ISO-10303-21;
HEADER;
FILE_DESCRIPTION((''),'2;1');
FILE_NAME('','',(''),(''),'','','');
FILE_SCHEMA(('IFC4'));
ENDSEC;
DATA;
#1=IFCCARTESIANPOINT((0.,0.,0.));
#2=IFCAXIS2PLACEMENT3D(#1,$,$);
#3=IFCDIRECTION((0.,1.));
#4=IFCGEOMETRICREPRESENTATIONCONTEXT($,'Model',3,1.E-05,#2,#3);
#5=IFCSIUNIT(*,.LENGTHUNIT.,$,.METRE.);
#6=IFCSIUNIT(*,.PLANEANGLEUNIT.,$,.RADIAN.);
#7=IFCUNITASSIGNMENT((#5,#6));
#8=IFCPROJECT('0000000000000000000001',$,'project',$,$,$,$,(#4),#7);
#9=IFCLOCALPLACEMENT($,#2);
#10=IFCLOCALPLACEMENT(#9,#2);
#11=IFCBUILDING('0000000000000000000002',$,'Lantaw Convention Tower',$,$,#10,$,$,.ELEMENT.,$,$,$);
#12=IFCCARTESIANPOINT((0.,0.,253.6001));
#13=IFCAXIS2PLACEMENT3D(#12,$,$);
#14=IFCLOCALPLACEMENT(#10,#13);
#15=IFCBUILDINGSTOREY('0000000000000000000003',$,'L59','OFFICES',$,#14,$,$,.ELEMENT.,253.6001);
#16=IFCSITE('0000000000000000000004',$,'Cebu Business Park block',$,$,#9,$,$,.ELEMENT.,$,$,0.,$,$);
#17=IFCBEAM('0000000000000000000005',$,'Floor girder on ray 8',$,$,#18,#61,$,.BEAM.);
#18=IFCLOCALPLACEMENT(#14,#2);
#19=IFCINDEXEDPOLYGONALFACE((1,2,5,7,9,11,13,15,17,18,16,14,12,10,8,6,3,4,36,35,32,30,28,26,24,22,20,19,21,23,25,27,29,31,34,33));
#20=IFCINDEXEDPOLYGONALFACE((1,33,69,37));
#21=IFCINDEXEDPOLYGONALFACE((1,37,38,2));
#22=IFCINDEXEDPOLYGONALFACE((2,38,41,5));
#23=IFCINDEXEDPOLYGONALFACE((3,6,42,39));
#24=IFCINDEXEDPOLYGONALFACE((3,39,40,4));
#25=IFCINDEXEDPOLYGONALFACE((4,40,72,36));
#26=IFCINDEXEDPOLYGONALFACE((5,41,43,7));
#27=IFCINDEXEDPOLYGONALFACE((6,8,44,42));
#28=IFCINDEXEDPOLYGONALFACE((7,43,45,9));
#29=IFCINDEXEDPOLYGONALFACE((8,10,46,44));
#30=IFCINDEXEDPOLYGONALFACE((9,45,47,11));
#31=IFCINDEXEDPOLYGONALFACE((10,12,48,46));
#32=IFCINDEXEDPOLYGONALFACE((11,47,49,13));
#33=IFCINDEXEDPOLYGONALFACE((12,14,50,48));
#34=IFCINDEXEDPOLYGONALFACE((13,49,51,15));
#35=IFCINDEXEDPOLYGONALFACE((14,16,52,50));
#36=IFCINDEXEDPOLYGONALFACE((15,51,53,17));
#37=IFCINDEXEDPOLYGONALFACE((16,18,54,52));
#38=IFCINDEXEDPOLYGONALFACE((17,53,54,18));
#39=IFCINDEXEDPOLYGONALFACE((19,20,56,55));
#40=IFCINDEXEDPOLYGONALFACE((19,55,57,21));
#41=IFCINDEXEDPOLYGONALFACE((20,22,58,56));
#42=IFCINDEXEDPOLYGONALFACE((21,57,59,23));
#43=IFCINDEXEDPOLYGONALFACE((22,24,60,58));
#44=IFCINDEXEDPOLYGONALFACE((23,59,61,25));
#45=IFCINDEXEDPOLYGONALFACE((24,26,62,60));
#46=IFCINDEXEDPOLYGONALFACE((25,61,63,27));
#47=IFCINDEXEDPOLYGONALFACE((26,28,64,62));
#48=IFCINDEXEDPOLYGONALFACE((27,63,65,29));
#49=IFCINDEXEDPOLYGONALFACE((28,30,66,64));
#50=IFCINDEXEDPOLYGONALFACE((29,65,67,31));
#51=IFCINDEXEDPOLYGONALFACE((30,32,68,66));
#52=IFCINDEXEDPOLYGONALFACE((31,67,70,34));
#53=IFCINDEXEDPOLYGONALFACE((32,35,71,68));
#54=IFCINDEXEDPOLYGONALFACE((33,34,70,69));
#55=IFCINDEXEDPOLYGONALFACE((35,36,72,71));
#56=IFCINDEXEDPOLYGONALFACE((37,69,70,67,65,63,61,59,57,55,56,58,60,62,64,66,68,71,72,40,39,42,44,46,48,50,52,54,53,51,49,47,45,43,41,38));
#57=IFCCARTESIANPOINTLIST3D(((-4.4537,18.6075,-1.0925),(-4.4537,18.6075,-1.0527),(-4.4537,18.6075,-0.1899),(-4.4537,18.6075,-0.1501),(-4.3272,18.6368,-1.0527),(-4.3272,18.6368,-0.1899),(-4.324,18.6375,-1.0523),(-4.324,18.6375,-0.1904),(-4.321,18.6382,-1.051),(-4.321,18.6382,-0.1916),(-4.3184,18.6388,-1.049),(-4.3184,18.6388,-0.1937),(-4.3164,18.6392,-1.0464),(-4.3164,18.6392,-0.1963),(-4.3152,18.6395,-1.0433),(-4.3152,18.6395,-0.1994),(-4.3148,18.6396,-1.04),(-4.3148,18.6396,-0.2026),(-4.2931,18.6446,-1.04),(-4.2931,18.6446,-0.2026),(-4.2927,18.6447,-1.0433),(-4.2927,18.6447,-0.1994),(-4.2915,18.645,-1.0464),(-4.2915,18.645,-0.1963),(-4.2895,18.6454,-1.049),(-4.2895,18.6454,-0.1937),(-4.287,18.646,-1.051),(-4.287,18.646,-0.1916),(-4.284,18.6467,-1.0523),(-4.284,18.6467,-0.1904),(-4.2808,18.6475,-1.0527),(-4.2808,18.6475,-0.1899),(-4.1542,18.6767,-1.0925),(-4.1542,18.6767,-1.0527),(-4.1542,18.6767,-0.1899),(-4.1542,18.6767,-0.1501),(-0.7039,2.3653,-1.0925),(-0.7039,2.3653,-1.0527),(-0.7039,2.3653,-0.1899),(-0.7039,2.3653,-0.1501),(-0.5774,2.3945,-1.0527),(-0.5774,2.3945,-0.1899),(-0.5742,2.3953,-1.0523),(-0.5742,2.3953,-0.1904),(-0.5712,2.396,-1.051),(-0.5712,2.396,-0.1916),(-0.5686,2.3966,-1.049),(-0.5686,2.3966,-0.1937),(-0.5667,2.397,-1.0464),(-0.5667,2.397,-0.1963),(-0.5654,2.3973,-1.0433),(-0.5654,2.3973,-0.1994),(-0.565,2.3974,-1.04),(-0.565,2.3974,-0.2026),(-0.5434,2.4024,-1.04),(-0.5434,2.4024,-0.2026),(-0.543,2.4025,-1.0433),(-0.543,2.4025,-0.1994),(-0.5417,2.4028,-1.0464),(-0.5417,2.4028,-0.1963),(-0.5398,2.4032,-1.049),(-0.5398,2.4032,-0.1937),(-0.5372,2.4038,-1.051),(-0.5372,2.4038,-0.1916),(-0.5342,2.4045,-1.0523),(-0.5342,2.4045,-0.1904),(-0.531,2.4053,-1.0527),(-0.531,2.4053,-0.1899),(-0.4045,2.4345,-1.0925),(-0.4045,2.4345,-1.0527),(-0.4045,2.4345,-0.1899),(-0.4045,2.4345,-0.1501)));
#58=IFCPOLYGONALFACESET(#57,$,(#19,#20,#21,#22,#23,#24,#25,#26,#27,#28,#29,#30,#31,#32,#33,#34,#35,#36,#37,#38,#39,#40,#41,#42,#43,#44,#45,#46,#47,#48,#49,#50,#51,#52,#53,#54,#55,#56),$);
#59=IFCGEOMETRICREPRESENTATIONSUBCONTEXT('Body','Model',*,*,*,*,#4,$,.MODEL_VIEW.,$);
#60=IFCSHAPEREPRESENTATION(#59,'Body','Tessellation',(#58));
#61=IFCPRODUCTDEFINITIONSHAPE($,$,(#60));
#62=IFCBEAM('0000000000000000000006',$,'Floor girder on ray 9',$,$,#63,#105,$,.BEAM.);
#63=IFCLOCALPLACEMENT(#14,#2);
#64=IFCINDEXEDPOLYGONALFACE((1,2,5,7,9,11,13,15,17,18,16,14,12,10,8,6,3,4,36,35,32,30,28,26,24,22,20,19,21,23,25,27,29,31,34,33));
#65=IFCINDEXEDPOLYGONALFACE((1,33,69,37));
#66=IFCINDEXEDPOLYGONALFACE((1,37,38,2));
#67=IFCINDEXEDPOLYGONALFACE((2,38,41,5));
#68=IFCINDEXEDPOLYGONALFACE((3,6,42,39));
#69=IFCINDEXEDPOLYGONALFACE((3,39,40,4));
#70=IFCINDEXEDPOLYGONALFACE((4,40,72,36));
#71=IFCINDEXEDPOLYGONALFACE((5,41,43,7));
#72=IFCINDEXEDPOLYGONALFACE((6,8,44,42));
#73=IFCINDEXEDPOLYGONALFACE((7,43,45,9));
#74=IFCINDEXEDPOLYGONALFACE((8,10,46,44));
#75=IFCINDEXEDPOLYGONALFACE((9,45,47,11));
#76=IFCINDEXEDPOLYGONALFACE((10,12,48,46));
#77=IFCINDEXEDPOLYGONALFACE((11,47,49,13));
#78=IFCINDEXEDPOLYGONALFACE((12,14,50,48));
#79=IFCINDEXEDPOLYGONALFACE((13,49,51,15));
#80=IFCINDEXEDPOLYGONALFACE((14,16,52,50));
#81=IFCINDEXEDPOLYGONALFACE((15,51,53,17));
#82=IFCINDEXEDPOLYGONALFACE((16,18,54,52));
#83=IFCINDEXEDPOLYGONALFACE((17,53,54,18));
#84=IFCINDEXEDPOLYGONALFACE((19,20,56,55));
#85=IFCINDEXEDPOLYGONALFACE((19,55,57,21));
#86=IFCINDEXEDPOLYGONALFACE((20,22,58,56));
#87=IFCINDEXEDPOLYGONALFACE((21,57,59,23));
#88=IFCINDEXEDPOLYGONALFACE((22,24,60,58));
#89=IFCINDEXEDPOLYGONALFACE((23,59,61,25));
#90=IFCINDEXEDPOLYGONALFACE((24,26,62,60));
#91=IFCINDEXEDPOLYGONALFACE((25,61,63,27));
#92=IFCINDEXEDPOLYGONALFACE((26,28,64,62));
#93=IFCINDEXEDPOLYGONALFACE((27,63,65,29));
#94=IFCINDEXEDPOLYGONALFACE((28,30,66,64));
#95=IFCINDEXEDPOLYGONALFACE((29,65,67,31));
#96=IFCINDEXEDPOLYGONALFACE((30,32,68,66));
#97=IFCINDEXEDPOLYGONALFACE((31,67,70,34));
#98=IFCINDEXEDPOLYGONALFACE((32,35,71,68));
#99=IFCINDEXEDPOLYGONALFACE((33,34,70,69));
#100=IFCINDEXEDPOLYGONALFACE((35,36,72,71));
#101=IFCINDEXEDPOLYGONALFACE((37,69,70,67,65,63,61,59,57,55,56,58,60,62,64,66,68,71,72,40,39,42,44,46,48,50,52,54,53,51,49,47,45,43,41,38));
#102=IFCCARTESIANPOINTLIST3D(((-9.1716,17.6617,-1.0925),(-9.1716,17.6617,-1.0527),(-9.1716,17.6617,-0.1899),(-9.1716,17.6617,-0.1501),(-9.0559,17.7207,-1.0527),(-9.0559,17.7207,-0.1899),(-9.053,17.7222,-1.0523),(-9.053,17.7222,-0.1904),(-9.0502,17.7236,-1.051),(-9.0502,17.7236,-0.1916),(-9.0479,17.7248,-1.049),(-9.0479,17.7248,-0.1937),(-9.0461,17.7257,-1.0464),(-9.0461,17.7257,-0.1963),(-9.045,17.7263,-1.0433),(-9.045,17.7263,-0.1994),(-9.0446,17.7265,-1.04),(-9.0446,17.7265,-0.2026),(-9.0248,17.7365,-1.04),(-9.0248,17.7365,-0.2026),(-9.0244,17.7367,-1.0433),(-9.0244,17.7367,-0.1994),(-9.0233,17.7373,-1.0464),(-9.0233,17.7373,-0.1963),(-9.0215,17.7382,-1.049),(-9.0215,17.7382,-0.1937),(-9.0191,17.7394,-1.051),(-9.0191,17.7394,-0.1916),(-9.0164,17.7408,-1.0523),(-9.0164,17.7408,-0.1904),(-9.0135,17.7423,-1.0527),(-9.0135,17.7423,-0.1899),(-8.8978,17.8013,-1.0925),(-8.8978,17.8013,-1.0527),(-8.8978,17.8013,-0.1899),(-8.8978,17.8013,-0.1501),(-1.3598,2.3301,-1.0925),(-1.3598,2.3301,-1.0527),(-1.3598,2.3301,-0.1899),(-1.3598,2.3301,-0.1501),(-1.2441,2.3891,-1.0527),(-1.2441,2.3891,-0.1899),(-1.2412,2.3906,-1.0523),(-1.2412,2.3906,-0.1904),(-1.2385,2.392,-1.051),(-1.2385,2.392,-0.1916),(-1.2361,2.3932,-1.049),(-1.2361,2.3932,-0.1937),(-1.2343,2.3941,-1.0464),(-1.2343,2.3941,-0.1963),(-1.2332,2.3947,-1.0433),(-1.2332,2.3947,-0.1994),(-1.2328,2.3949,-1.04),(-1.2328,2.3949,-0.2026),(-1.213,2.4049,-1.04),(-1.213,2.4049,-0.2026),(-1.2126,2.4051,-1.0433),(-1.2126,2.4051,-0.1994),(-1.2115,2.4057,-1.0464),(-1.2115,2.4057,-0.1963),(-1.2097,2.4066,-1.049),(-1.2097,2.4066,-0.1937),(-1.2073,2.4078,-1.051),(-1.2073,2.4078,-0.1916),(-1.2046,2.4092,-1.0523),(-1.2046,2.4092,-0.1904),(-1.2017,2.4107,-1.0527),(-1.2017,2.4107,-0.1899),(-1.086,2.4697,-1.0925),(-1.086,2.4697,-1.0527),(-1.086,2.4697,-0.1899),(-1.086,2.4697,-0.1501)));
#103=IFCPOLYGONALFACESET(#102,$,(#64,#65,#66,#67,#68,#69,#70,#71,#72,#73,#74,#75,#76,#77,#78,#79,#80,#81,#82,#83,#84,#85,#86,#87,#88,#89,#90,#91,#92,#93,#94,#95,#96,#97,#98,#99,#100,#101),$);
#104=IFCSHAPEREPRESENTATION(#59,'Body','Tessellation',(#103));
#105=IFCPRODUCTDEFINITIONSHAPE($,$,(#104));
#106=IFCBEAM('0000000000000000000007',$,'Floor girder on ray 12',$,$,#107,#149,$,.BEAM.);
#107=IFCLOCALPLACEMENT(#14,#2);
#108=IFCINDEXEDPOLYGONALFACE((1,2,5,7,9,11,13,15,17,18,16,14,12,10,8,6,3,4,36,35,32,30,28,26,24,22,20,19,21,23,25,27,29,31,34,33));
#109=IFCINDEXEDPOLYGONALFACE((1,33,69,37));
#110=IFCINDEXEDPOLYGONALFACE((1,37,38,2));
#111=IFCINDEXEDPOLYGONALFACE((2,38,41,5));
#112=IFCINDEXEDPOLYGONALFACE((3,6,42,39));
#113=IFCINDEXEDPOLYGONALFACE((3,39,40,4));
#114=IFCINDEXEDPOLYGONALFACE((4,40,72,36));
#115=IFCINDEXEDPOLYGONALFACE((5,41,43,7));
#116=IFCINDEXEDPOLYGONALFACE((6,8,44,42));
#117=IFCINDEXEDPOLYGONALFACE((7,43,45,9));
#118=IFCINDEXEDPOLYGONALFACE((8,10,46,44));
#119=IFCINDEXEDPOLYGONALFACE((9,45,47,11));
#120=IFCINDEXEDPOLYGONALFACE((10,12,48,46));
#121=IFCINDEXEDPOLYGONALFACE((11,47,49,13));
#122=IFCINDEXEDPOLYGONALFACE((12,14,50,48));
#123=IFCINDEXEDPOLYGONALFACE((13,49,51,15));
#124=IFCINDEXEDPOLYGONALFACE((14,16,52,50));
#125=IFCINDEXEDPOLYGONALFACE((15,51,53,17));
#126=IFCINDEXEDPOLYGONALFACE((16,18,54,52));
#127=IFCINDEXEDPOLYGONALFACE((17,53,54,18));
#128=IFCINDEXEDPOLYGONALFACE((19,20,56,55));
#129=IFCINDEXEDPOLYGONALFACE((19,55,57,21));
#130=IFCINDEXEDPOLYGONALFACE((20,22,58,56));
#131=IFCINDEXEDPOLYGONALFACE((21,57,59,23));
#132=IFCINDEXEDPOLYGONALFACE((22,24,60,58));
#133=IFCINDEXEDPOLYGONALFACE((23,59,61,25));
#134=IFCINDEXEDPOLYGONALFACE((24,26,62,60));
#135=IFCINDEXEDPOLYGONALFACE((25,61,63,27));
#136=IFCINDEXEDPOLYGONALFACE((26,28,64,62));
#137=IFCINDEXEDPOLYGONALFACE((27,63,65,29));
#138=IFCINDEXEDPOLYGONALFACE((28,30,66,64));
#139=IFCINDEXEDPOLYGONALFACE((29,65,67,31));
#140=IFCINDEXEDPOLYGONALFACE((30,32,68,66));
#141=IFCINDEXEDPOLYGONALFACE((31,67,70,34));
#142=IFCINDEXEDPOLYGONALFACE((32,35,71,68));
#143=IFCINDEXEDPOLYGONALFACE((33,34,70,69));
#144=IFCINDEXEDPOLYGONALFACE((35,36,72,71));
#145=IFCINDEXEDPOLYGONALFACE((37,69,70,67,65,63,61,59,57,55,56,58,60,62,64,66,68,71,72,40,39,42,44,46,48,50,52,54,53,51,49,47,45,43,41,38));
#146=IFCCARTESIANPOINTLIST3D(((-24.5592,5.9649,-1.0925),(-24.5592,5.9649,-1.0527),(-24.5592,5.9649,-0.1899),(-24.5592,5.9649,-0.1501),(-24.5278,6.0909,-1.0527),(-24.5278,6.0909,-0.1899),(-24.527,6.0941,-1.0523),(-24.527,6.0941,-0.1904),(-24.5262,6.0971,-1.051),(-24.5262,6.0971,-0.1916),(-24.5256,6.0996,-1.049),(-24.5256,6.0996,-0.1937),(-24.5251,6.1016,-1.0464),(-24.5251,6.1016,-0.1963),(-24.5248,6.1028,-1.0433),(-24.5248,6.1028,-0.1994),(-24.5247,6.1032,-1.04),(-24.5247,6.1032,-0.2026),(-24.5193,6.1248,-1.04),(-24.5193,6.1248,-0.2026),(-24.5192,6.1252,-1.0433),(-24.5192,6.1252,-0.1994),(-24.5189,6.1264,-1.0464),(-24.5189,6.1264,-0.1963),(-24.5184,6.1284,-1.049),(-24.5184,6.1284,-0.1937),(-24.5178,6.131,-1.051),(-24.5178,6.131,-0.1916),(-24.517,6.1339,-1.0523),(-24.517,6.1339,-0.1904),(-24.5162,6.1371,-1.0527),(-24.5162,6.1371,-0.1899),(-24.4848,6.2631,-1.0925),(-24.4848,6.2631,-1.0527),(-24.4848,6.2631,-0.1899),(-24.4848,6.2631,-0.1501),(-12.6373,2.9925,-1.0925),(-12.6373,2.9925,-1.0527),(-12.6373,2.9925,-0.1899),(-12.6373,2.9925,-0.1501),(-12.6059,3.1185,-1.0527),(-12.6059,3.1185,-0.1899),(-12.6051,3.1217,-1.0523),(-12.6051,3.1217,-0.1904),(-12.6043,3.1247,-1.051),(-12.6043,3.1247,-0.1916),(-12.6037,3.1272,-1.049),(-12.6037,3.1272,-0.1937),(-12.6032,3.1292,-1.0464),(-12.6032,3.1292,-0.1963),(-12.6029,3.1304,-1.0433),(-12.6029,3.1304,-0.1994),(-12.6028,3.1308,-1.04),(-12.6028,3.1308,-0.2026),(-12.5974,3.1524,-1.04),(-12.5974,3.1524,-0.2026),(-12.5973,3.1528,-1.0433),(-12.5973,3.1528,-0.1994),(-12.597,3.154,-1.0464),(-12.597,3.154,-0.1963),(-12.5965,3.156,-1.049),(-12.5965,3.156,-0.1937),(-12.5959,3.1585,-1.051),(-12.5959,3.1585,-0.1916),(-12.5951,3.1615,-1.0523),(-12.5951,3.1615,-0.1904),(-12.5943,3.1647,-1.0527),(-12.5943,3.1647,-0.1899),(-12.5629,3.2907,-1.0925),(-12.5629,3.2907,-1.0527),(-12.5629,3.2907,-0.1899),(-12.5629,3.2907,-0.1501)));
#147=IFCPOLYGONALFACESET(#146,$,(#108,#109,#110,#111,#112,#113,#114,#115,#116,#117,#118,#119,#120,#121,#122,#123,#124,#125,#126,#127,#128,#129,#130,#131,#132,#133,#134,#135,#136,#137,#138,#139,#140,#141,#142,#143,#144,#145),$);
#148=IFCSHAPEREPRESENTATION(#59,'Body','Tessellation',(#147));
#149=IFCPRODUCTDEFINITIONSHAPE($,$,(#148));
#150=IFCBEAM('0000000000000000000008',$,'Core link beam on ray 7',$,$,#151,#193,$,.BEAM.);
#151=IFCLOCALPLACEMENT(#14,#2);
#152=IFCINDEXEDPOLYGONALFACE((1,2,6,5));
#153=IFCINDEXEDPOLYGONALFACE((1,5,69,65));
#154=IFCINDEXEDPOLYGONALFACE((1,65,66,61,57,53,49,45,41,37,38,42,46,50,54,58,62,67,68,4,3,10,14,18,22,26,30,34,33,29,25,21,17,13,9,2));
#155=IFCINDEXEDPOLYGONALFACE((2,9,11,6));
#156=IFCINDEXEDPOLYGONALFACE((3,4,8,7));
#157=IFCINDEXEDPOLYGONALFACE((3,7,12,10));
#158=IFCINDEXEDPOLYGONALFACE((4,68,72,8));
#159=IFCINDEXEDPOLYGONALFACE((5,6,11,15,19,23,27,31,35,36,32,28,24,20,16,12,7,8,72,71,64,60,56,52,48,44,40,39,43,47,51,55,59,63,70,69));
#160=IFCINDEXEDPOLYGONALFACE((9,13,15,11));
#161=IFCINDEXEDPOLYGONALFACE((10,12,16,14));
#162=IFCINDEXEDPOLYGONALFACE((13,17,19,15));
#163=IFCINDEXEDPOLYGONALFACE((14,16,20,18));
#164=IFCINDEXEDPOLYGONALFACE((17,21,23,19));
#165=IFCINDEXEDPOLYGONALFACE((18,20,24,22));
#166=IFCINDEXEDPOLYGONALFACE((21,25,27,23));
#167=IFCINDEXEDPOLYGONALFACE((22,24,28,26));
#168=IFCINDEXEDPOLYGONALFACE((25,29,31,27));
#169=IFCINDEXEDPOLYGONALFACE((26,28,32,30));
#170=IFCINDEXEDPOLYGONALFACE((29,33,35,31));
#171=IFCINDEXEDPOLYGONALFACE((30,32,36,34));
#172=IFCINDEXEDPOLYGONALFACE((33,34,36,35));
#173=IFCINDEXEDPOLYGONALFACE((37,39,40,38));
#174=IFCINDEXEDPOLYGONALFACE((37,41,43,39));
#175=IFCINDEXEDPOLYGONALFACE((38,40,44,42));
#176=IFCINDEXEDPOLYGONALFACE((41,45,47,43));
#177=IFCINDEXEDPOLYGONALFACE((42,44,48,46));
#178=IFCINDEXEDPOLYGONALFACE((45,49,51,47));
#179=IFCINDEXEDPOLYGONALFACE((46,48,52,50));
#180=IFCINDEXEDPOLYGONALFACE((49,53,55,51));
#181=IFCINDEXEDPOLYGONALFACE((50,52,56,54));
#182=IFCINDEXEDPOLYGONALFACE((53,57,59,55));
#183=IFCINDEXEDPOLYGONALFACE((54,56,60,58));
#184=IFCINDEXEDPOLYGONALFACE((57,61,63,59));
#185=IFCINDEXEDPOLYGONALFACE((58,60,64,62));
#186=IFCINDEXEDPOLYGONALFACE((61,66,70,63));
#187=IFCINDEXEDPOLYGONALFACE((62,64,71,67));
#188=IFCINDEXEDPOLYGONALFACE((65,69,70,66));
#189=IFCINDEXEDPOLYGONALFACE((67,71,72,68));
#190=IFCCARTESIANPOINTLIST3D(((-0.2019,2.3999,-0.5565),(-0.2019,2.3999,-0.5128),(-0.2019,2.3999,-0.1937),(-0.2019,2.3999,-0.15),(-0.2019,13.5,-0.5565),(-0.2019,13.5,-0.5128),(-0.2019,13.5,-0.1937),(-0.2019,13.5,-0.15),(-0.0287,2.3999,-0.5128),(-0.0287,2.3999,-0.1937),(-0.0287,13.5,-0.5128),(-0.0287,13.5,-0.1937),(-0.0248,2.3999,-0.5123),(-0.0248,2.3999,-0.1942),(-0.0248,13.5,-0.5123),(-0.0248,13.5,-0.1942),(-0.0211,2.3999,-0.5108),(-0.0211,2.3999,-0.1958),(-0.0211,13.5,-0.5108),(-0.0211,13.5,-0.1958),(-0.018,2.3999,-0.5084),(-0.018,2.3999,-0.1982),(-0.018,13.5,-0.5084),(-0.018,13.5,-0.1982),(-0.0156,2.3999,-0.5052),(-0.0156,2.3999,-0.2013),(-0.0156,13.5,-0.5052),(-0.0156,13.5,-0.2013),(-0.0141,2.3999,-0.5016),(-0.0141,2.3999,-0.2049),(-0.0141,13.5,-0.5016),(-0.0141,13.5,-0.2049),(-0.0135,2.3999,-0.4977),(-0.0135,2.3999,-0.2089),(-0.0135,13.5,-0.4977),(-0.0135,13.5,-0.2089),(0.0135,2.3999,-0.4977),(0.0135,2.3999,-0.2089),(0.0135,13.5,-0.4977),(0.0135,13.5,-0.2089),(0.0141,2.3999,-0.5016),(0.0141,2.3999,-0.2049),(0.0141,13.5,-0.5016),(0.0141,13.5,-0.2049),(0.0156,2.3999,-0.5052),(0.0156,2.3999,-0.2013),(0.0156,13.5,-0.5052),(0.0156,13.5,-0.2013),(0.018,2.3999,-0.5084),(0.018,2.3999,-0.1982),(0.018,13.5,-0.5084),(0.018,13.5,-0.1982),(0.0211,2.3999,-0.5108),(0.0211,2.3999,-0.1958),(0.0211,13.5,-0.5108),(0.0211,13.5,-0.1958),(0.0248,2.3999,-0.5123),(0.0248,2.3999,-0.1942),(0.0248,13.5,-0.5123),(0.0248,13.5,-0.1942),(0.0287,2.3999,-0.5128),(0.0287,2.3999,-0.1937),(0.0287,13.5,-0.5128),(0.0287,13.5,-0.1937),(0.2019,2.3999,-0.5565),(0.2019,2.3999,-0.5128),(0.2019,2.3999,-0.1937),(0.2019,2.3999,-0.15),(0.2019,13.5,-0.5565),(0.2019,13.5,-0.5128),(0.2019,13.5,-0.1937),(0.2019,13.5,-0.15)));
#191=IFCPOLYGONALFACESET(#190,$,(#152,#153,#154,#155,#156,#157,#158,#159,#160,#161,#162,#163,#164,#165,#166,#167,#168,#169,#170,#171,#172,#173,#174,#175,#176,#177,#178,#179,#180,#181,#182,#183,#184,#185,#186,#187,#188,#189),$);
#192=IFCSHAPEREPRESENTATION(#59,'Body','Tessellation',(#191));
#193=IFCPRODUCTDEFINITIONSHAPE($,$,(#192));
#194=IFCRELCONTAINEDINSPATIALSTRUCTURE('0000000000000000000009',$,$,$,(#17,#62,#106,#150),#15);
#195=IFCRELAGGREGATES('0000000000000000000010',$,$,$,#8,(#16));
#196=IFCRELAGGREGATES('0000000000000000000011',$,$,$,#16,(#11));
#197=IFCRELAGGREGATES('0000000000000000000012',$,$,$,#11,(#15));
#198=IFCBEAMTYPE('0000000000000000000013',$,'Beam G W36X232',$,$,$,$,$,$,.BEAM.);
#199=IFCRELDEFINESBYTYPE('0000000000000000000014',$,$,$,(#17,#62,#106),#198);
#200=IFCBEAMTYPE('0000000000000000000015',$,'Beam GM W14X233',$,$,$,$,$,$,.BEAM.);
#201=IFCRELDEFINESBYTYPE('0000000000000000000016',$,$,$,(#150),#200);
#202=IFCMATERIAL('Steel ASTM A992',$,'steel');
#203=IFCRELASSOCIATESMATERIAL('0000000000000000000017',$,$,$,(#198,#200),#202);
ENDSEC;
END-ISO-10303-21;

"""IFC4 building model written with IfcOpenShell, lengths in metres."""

from ifc_helpers import new_model, si_unit, direction, frame, origin, origin_2d, place, context, subcontext, project, spatial, i_section, extrude, material, material_profile, profile_set, type_object, element, save


model = new_model("IFC4")

# Units and contexts
model_context = context("Model", 3, precision=1e-05, world=origin(), true_north=direction((0.0, 1.0)))
body_context = subcontext(model_context, "Body", "Model", "MODEL_VIEW")
ifc_project = project(units=[si_unit("LENGTHUNIT", "METRE"), si_unit("PLANEANGLEUNIT", "RADIAN")], contexts=[model_context])

# Site, building, storey
site_placement = place(None, origin())
site = spatial("IfcSite", under=ifc_project, at=site_placement, Name="Cebu Business Park block", CompositionType="ELEMENT", RefElevation=0.0)
building_placement = place(site_placement, origin())
building = spatial("IfcBuilding", under=site, at=building_placement, Name="Lantaw Convention Tower", CompositionType="ELEMENT")
storey_placement = place(building_placement, frame((0.0, 0.0, 253.6001)))
storey = spatial("IfcBuildingStorey", under=building, at=storey_placement, Name="L59", Description="OFFICES", CompositionType="ELEMENT", Elevation=253.6001)

# Beams
ifc_material_1 = material(Name="Steel ASTM A992", Category="steel")
ifc_material_profile_1 = material_profile(ifc_material_1, i_section(OverallWidth=0.3074, OverallDepth=0.9424, WebThickness=0.0222, FlangeThickness=0.0398, FilletRadius=0.0127, at=origin_2d()), Name="W36X232")
ifc_profile_set_1 = profile_set([ifc_material_profile_1], Name="Steel ASTM A992")
beam_type_1 = type_object("IfcBeamType", Name="Beam G W36X232", PredefinedType="BEAM", material=ifc_profile_set_1)
beam_1_placement = place(storey_placement, frame((-0.5542, 2.3999, -0.6213), z_axis=(-0.224948, 0.974371, 0.0), x_axis=(-0.974371, -0.224948, 0.0)))
element("IfcBeam", 1, at=beam_1_placement, inside=storey, type_object=beam_type_1, Name="Floor girder on ray 8", PredefinedType="BEAM", context=body_context, shape_type="SweptSolid", body=[
    extrude(i_section(OverallWidth=0.3074, OverallDepth=0.9424, WebThickness=0.0222, FlangeThickness=0.0398, FilletRadius=0.0127, at=origin_2d()), origin(), (0.0, 0.0, 1.0), 16.6694),
])
beam_2_placement = place(storey_placement, frame((-1.2229, 2.3999, -0.6213), z_axis=(-0.453988, 0.891008, 0.0), x_axis=(-0.891008, -0.453988, 0.0)))
element("IfcBeam", 2, at=beam_2_placement, inside=storey, type_object=beam_type_1, Name="Floor girder on ray 9", PredefinedType="BEAM", context=body_context, shape_type="SweptSolid", body=[
    extrude(i_section(OverallWidth=0.3074, OverallDepth=0.9424, WebThickness=0.0222, FlangeThickness=0.0398, FilletRadius=0.0127, at=origin_2d()), origin(), (0.0, 0.0, 1.0), 17.207),
])
beam_3_placement = place(storey_placement, frame((-12.6001, 3.1416, -0.6213), z_axis=(-0.970297, 0.241918, 0.0), x_axis=(-0.241918, -0.970297, 0.0)))
element("IfcBeam", 3, at=beam_3_placement, inside=storey, type_object=beam_type_1, Name="Floor girder on ray 12", PredefinedType="BEAM", context=body_context, shape_type="SweptSolid", body=[
    extrude(i_section(OverallWidth=0.3074, OverallDepth=0.9424, WebThickness=0.0222, FlangeThickness=0.0398, FilletRadius=0.0127, at=origin_2d()), origin(), (0.0, 0.0, 1.0), 12.2869),
])
ifc_material_profile_2 = material_profile(ifc_material_1, i_section(OverallWidth=0.4038, OverallDepth=0.4065, WebThickness=0.0271, FlangeThickness=0.0437, FilletRadius=0.0151, at=origin_2d()), Name="W14X233")
ifc_profile_set_2 = profile_set([ifc_material_profile_2], Name="Steel ASTM A992")
beam_type_2 = type_object("IfcBeamType", Name="Beam GM W14X233", PredefinedType="BEAM", material=ifc_profile_set_2)
beam_4_placement = place(storey_placement, frame((0.0, 2.3999, -0.3533), z_axis=(0.0, 1.0, 0.0), x_axis=(-1.0, 0.0, 0.0)))
element("IfcBeam", 4, at=beam_4_placement, inside=storey, type_object=beam_type_2, Name="Core link beam on ray 7", PredefinedType="BEAM", context=body_context, shape_type="SweptSolid", body=[
    extrude(i_section(OverallWidth=0.4038, OverallDepth=0.4065, WebThickness=0.0271, FlangeThickness=0.0437, FilletRadius=0.0151, at=origin_2d()), origin(), (0.0, 0.0, 1.0), 11.1001),
])

save(model, "model.ifc")
